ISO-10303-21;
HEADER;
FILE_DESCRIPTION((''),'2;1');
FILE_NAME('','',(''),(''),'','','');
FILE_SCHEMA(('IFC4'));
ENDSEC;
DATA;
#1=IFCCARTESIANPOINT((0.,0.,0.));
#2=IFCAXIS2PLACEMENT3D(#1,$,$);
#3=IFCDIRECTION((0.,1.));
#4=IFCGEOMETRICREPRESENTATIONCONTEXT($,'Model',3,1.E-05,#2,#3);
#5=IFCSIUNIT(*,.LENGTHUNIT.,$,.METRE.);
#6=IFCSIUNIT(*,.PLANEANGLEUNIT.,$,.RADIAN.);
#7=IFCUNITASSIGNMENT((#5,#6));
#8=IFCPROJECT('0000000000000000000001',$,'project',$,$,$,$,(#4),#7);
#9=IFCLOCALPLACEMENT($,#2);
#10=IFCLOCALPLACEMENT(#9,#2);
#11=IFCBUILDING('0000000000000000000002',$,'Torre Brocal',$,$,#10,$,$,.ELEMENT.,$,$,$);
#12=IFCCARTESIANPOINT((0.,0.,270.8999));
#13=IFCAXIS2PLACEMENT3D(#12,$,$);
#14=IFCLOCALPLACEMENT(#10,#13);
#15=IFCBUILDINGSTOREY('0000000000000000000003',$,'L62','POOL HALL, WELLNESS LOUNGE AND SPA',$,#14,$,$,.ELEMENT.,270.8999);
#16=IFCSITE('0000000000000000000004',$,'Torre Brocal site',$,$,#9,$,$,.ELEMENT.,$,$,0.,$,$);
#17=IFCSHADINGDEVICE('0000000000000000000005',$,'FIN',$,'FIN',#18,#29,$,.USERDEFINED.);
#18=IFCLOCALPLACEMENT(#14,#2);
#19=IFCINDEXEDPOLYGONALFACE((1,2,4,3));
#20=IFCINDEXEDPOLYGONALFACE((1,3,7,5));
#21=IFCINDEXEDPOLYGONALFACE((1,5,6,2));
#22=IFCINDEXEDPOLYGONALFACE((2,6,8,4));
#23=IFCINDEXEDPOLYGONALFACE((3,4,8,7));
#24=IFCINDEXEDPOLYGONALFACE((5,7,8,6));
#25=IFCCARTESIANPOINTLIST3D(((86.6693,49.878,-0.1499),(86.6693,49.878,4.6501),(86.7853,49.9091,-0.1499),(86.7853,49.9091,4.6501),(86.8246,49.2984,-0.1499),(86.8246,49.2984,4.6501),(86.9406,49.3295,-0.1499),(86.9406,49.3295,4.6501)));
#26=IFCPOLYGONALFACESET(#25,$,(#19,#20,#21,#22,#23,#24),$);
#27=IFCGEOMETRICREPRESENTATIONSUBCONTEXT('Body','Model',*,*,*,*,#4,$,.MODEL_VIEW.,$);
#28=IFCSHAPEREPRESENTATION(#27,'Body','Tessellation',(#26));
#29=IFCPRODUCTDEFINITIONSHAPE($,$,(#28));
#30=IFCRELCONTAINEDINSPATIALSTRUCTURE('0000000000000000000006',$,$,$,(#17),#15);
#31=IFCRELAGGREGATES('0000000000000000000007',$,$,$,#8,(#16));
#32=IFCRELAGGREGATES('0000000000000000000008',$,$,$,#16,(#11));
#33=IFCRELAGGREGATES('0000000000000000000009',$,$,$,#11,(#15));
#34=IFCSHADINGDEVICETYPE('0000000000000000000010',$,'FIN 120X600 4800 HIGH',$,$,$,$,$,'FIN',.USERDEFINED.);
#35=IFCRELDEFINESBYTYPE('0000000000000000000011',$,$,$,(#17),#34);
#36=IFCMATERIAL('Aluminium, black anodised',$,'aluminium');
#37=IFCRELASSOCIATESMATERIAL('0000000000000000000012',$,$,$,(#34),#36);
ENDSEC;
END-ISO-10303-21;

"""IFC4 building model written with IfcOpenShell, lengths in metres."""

from ifc_helpers import new_model, si_unit, direction, frame, origin, origin_2d, place, context, subcontext, project, spatial, rectangle, extrude, material, material_profile, profile_set, type_object, element, save


model = new_model("IFC4")

# Units and contexts
model_context = context("Model", 3, precision=1e-05, world=origin(), true_north=direction((0.0, 1.0)))
body_context = subcontext(model_context, "Body", "Model", "MODEL_VIEW")
ifc_project = project(units=[si_unit("LENGTHUNIT", "METRE"), si_unit("PLANEANGLEUNIT", "RADIAN")], contexts=[model_context])

# Site, building, storey
site_placement = place(None, origin())
site = spatial("IfcSite", under=ifc_project, at=site_placement, Name="Torre Brocal site", CompositionType="ELEMENT", RefElevation=0.0)
building_placement = place(site_placement, origin())
building = spatial("IfcBuilding", under=site, at=building_placement, Name="Torre Brocal", CompositionType="ELEMENT")
storey_placement = place(building_placement, frame((0.0, 0.0, 270.8999)))
storey = spatial("IfcBuildingStorey", under=building, at=storey_placement, Name="L62", Description="POOL HALL, WELLNESS LOUNGE AND SPA", CompositionType="ELEMENT", Elevation=270.8999)

# Shading device
ifc_material_1 = material(Name="Aluminium, black anodised", Category="aluminium")
ifc_material_profile_1 = material_profile(ifc_material_1, rectangle(XDim=0.1201, YDim=0.6001, at=origin_2d()), Name="FIN 120X600 4800 HIGH")
ifc_profile_set_1 = profile_set([ifc_material_profile_1], Name="Aluminium, black anodised")
shading_device_type = type_object("IfcShadingDeviceType", Name="FIN 120X600 4800 HIGH", ElementType="FIN", PredefinedType="USERDEFINED", material=ifc_profile_set_1)
shading_device_placement = place(storey_placement, frame((86.8049, 49.6038, -0.1499), z_axis=(0.0, 0.0, 1.0), x_axis=(0.965926, 0.258819, 0.0)))
element("IfcShadingDevice", 1, at=shading_device_placement, inside=storey, type_object=shading_device_type, Name="FIN", ObjectType="FIN", PredefinedType="USERDEFINED", context=body_context, shape_type="SweptSolid", body=[
    extrude(rectangle(XDim=0.1201, YDim=0.6001, at=origin_2d()), origin(), (0.0, 0.0, 1.0), 4.8),
])

save(model, "model.ifc")
